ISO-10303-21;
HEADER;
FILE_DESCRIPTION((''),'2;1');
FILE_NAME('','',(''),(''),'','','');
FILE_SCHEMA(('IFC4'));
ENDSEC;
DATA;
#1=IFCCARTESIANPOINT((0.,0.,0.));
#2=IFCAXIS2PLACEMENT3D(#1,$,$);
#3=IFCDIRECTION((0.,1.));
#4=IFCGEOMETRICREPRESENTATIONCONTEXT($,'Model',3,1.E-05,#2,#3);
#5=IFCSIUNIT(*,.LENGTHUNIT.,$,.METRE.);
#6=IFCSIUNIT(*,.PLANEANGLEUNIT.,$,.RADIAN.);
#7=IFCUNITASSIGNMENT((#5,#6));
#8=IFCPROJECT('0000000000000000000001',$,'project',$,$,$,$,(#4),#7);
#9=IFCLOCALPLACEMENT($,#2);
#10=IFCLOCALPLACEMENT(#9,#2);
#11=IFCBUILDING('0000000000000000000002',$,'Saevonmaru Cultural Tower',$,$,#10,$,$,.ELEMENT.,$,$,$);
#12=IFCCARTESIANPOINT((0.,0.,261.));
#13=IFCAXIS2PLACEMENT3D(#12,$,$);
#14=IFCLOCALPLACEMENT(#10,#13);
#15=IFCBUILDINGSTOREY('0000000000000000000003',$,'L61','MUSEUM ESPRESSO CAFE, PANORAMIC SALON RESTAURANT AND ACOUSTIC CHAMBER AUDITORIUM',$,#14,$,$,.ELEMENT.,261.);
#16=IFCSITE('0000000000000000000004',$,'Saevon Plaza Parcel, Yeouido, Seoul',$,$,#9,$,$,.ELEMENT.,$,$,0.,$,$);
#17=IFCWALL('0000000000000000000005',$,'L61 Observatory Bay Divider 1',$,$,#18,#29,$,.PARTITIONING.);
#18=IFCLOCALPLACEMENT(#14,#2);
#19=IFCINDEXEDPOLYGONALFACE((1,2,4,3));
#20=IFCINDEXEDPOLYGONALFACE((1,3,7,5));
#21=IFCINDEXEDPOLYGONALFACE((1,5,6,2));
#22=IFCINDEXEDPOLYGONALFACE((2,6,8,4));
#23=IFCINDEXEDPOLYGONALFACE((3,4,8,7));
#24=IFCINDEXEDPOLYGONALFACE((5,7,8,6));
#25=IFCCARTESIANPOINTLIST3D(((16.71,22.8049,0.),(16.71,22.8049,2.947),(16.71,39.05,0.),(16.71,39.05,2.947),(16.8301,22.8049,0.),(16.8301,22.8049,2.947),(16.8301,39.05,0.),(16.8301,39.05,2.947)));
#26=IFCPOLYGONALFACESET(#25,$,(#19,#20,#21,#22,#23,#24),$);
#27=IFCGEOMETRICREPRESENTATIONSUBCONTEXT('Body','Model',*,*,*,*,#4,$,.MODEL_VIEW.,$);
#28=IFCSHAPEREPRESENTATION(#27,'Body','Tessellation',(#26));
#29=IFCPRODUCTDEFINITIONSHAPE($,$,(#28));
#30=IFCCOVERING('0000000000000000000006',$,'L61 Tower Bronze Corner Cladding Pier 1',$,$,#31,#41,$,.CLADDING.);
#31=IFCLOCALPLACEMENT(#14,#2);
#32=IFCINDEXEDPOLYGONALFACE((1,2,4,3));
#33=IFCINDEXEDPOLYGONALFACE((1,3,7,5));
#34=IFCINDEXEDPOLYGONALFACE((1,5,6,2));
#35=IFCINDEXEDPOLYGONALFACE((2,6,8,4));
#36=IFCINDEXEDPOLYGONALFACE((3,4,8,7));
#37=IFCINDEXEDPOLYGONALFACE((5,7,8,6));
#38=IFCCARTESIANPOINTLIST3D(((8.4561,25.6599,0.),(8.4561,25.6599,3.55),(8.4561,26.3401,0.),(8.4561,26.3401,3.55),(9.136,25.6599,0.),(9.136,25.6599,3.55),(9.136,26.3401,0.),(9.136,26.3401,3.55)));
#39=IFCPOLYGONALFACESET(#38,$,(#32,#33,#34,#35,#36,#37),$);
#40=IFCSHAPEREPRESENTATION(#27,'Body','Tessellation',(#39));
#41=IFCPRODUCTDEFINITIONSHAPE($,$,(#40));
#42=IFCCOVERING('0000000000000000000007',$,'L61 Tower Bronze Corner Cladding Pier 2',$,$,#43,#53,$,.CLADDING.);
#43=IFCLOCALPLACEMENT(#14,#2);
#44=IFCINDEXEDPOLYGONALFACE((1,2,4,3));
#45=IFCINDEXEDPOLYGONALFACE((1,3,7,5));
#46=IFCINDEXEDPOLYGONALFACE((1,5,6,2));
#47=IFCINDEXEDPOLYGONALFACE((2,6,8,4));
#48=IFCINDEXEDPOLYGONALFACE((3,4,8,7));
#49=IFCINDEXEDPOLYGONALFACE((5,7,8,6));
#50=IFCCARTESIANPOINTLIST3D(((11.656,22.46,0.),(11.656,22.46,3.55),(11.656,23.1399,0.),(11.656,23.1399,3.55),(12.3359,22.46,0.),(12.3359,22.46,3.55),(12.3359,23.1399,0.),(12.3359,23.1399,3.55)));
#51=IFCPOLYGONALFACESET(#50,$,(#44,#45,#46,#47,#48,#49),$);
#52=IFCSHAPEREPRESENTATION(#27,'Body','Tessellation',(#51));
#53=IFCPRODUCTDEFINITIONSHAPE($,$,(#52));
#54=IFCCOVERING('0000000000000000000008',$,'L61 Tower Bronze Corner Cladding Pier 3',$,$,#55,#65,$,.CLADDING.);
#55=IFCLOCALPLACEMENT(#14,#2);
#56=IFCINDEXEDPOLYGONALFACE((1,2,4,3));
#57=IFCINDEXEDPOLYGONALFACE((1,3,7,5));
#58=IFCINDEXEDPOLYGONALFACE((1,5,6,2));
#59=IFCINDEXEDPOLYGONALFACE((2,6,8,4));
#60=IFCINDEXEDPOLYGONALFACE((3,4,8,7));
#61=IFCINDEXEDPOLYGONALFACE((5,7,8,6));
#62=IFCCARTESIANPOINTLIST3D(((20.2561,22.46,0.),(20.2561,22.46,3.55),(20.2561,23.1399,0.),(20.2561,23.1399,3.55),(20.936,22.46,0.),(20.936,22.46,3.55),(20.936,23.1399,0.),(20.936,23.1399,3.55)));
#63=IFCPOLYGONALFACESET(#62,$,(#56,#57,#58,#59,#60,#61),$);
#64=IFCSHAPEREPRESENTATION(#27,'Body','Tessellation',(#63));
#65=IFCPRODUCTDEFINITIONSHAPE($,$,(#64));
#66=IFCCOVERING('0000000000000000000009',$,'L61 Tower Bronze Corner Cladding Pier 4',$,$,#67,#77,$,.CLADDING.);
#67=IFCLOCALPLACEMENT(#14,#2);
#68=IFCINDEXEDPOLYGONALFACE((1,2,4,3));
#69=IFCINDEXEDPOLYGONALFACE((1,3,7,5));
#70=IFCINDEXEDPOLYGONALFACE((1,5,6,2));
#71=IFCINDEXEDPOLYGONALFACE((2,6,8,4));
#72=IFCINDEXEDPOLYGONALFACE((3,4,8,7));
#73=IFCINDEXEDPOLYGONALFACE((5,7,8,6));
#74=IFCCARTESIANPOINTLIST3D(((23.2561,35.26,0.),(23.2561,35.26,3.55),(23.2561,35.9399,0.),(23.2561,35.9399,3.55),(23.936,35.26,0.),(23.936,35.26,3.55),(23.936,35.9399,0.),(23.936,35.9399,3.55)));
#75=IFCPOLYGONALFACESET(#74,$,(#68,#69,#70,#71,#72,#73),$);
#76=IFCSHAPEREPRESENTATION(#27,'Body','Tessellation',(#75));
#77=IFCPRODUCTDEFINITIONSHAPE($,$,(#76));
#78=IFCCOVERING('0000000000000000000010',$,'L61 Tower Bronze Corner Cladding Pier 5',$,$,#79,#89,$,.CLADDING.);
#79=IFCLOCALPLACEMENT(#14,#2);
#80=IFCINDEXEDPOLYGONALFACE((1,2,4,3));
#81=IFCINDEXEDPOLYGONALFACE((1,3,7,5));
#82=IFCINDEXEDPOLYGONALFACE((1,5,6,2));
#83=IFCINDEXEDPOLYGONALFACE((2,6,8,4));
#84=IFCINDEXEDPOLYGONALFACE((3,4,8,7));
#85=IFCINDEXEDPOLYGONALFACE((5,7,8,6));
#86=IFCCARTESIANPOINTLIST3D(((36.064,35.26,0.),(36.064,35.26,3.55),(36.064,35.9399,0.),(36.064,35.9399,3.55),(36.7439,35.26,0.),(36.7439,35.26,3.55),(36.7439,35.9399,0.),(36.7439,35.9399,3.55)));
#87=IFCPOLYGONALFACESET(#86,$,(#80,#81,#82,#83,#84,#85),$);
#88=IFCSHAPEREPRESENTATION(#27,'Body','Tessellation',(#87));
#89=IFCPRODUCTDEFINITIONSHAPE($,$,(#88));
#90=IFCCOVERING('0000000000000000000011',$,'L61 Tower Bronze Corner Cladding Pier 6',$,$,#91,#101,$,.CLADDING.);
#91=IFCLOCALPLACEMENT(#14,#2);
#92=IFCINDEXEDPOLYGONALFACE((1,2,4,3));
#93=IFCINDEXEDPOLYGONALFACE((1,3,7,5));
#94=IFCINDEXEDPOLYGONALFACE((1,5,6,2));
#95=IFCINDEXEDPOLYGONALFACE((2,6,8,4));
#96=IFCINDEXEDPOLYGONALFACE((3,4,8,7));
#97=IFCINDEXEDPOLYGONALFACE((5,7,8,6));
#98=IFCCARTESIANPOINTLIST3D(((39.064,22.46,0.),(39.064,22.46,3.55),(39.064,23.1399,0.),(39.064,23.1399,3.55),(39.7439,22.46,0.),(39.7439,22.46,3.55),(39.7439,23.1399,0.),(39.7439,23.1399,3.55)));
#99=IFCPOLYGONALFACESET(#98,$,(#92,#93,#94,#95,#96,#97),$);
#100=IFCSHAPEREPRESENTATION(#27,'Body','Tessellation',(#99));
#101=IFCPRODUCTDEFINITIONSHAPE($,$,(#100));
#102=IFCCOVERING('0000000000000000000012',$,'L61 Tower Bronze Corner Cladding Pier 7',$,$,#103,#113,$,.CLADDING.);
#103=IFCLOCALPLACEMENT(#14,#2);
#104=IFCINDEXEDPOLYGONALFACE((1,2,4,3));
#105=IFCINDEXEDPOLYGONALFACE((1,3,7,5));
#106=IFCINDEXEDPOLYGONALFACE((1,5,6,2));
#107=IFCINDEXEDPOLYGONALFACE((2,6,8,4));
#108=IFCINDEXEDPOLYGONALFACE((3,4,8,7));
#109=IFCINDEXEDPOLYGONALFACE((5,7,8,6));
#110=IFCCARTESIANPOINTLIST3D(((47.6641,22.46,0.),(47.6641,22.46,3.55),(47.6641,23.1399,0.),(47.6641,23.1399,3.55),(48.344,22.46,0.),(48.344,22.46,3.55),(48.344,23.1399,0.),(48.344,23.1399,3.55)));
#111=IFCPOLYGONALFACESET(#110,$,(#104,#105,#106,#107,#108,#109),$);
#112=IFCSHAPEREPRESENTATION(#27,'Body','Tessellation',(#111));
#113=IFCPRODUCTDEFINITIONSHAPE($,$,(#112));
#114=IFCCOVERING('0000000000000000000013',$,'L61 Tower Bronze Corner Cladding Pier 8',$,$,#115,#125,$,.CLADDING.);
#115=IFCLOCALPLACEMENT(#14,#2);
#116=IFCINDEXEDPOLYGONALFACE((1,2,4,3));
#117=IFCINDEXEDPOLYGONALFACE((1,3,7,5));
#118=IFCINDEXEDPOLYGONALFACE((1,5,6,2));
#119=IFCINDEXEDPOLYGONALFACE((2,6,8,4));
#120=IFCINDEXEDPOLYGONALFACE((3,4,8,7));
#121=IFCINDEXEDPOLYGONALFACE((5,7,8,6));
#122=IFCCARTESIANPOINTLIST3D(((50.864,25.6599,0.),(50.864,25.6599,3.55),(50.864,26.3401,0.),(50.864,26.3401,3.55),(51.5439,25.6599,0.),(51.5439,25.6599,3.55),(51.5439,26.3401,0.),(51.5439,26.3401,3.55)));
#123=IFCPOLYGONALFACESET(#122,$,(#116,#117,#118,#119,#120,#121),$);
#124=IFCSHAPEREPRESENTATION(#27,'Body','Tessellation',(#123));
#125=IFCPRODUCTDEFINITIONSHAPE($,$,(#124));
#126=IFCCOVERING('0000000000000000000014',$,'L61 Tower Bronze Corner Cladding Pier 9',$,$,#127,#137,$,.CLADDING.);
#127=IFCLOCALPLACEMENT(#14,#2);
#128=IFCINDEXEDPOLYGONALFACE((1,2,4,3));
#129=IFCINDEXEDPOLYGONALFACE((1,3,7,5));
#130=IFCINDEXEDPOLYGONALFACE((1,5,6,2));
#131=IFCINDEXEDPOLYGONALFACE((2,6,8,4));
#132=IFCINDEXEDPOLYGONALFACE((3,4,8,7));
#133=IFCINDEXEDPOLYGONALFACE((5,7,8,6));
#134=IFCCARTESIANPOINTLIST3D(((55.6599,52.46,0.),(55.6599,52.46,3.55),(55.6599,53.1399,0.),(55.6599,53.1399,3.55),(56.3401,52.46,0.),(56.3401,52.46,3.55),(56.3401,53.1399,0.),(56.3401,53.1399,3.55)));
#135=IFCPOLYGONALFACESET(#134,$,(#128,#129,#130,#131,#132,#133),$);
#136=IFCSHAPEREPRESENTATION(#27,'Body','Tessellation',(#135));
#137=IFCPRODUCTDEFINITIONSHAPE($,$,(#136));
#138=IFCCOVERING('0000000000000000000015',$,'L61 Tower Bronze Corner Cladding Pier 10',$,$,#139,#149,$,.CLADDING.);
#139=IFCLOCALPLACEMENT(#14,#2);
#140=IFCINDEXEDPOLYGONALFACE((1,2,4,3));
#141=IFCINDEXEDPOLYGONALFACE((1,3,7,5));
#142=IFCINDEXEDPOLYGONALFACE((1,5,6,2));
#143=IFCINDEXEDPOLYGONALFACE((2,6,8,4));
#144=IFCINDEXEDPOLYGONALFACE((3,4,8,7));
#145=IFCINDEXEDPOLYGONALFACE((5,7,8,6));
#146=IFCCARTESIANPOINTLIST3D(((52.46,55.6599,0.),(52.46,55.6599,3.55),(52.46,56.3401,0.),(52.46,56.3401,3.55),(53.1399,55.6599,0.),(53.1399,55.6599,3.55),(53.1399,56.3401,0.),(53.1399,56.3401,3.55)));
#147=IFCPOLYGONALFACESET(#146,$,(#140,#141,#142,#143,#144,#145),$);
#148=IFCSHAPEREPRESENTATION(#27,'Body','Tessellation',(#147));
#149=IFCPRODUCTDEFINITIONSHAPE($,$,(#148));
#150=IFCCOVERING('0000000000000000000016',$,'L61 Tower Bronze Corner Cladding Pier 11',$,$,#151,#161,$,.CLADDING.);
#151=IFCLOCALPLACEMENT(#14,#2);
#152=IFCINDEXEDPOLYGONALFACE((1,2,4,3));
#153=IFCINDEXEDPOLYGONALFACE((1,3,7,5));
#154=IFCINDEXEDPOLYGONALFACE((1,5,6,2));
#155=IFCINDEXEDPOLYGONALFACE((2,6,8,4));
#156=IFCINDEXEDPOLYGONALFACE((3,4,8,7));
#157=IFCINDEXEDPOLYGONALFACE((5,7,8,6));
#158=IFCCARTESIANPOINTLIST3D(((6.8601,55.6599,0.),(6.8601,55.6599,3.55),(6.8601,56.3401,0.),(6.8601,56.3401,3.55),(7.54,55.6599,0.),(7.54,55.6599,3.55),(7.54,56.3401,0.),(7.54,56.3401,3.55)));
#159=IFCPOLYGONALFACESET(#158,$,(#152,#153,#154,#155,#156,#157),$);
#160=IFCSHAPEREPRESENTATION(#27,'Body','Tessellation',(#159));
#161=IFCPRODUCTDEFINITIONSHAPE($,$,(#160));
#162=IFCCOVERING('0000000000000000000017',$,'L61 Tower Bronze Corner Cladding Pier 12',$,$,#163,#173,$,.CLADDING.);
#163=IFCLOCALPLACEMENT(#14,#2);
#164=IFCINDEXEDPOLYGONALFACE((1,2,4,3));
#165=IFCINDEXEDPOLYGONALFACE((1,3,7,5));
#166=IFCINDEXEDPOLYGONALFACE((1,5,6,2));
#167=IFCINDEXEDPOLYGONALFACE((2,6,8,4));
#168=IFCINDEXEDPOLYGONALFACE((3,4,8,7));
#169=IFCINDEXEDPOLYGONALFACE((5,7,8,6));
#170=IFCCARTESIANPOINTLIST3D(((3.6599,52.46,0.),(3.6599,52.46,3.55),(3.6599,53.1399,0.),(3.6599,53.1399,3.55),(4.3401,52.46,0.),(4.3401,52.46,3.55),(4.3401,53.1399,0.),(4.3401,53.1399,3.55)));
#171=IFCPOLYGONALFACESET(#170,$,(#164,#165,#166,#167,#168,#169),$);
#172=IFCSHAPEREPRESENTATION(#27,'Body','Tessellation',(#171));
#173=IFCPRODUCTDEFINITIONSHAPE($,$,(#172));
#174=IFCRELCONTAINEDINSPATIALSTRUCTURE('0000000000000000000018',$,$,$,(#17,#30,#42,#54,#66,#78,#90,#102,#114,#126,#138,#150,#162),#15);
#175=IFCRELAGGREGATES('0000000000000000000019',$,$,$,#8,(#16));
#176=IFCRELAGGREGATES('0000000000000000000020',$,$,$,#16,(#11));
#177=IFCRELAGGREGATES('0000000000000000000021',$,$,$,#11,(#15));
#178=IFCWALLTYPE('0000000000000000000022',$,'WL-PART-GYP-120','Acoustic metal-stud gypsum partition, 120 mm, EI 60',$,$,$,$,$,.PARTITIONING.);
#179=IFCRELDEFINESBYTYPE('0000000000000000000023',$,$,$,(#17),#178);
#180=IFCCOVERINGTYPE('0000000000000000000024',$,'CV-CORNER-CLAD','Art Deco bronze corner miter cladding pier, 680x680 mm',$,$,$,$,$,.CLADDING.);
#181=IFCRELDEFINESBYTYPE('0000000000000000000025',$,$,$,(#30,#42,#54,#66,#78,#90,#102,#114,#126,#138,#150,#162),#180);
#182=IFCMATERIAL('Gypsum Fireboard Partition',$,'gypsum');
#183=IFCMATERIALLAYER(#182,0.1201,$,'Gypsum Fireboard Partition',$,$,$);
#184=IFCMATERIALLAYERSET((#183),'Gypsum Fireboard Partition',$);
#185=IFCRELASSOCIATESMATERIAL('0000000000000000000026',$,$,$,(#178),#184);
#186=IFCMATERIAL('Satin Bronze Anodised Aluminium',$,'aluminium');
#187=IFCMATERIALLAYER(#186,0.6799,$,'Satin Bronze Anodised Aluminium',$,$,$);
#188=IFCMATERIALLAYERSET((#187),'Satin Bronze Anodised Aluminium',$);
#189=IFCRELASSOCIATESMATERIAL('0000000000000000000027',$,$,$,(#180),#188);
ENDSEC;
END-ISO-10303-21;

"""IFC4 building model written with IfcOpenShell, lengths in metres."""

from ifc_helpers import new_model, si_unit, direction, frame, frame_2d, origin, place, context, subcontext, project, spatial, polyline, rectangle, outline, extrude, material, layer, layer_set, type_object, element, save


model = new_model("IFC4")

# Units and contexts
model_context = context("Model", 3, precision=1e-05, world=origin(), true_north=direction((0.0, 1.0)))
body_context = subcontext(model_context, "Body", "Model", "MODEL_VIEW")
ifc_project = project(units=[si_unit("LENGTHUNIT", "METRE"), si_unit("PLANEANGLEUNIT", "RADIAN")], contexts=[model_context])

# Site, building, storey
site_placement = place(None, origin())
site = spatial("IfcSite", under=ifc_project, at=site_placement, Name="Saevon Plaza Parcel, Yeouido, Seoul", CompositionType="ELEMENT", RefElevation=0.0)
building_placement = place(site_placement, origin())
building = spatial("IfcBuilding", under=site, at=building_placement, Name="Saevonmaru Cultural Tower", CompositionType="ELEMENT")
storey_placement = place(building_placement, frame((0.0, 0.0, 261.0)))
storey = spatial("IfcBuildingStorey", under=building, at=storey_placement, Name="L61", Description="MUSEUM ESPRESSO CAFE, PANORAMIC SALON RESTAURANT AND ACOUSTIC CHAMBER AUDITORIUM", CompositionType="ELEMENT", Elevation=261.0)

# Shared definitions
ifc_material_1 = material(Name="Satin Bronze Anodised Aluminium", Category="aluminium")

# Wall
ifc_material_2 = material(Name="Gypsum Fireboard Partition", Category="gypsum")
ifc_layer_1 = layer(ifc_material_2, 0.1201, Name="Gypsum Fireboard Partition")
ifc_layer_set_1 = layer_set([ifc_layer_1], Name="Gypsum Fireboard Partition")
wall_type_1 = type_object("IfcWallType", Name="WL-PART-GYP-120", Description="Acoustic metal-stud gypsum partition, 120 mm, EI 60", PredefinedType="PARTITIONING", material=ifc_layer_set_1)
wall_1_placement = place(storey_placement, frame((16.77, 22.8049, 0.0), z_axis=(0.0, 0.0, 1.0), x_axis=(0.0, 1.0, 0.0)))
element("IfcWall", 1, at=wall_1_placement, inside=storey, type_object=wall_type_1, Name="L61 Observatory Bay Divider 1", PredefinedType="PARTITIONING", context=body_context, shape_type="SweptSolid", body=[
    extrude(rectangle(XDim=16.2451, YDim=0.1201, at=frame_2d((8.1226, 0.0))), origin(), (0.0, 0.0, 1.0), 2.947),
])

# Coverings
ifc_layer_2 = layer(ifc_material_1, 0.6799, Name="Satin Bronze Anodised Aluminium")
ifc_layer_set_2 = layer_set([ifc_layer_2], Name="Satin Bronze Anodised Aluminium")
covering_type = type_object("IfcCoveringType", Name="CV-CORNER-CLAD", Description="Art Deco bronze corner miter cladding pier, 680x680 mm", PredefinedType="CLADDING", material=ifc_layer_set_2)
covering_1_placement = place(storey_placement, origin())
element("IfcCovering", 2, at=covering_1_placement, inside=storey, type_object=covering_type, Name="L61 Tower Bronze Corner Cladding Pier 1", PredefinedType="CLADDING", context=body_context, shape_type="SweptSolid", body=[
    extrude(outline(polyline([(8.4561, 25.6599), (9.136, 25.6599), (9.136, 26.3401), (8.4561, 26.3401), (8.4561, 25.6599)])), origin(), (0.0, 0.0, 1.0), 3.55),
])
covering_2_placement = place(storey_placement, origin())
element("IfcCovering", 3, at=covering_2_placement, inside=storey, type_object=covering_type, Name="L61 Tower Bronze Corner Cladding Pier 2", PredefinedType="CLADDING", context=body_context, shape_type="SweptSolid", body=[
    extrude(outline(polyline([(11.656, 22.46), (12.3359, 22.46), (12.3359, 23.1399), (11.656, 23.1399), (11.656, 22.46)])), origin(), (0.0, 0.0, 1.0), 3.55),
])
covering_3_placement = place(storey_placement, origin())
element("IfcCovering", 4, at=covering_3_placement, inside=storey, type_object=covering_type, Name="L61 Tower Bronze Corner Cladding Pier 3", PredefinedType="CLADDING", context=body_context, shape_type="SweptSolid", body=[
    extrude(outline(polyline([(20.2561, 22.46), (20.936, 22.46), (20.936, 23.1399), (20.2561, 23.1399), (20.2561, 22.46)])), origin(), (0.0, 0.0, 1.0), 3.55),
])
covering_4_placement = place(storey_placement, origin())
element("IfcCovering", 5, at=covering_4_placement, inside=storey, type_object=covering_type, Name="L61 Tower Bronze Corner Cladding Pier 4", PredefinedType="CLADDING", context=body_context, shape_type="SweptSolid", body=[
    extrude(outline(polyline([(23.2561, 35.26), (23.936, 35.26), (23.936, 35.9399), (23.2561, 35.9399), (23.2561, 35.26)])), origin(), (0.0, 0.0, 1.0), 3.55),
])
covering_5_placement = place(storey_placement, origin())
element("IfcCovering", 6, at=covering_5_placement, inside=storey, type_object=covering_type, Name="L61 Tower Bronze Corner Cladding Pier 5", PredefinedType="CLADDING", context=body_context, shape_type="SweptSolid", body=[
    extrude(outline(polyline([(36.064, 35.26), (36.7439, 35.26), (36.7439, 35.9399), (36.064, 35.9399), (36.064, 35.26)])), origin(), (0.0, 0.0, 1.0), 3.55),
])
covering_6_placement = place(storey_placement, origin())
element("IfcCovering", 7, at=covering_6_placement, inside=storey, type_object=covering_type, Name="L61 Tower Bronze Corner Cladding Pier 6", PredefinedType="CLADDING", context=body_context, shape_type="SweptSolid", body=[
    extrude(outline(polyline([(39.064, 22.46), (39.7439, 22.46), (39.7439, 23.1399), (39.064, 23.1399), (39.064, 22.46)])), origin(), (0.0, 0.0, 1.0), 3.55),
])
covering_7_placement = place(storey_placement, origin())
element("IfcCovering", 8, at=covering_7_placement, inside=storey, type_object=covering_type, Name="L61 Tower Bronze Corner Cladding Pier 7", PredefinedType="CLADDING", context=body_context, shape_type="SweptSolid", body=[
    extrude(outline(polyline([(47.6641, 22.46), (48.344, 22.46), (48.344, 23.1399), (47.6641, 23.1399), (47.6641, 22.46)])), origin(), (0.0, 0.0, 1.0), 3.55),
])
covering_8_placement = place(storey_placement, origin())
element("IfcCovering", 9, at=covering_8_placement, inside=storey, type_object=covering_type, Name="L61 Tower Bronze Corner Cladding Pier 8", PredefinedType="CLADDING", context=body_context, shape_type="SweptSolid", body=[
    extrude(outline(polyline([(50.864, 25.6599), (51.5439, 25.6599), (51.5439, 26.3401), (50.864, 26.3401), (50.864, 25.6599)])), origin(), (0.0, 0.0, 1.0), 3.55),
])
covering_9_placement = place(storey_placement, origin())
element("IfcCovering", 10, at=covering_9_placement, inside=storey, type_object=covering_type, Name="L61 Tower Bronze Corner Cladding Pier 9", PredefinedType="CLADDING", context=body_context, shape_type="SweptSolid", body=[
    extrude(outline(polyline([(55.6599, 52.46), (56.3401, 52.46), (56.3401, 53.1399), (55.6599, 53.1399), (55.6599, 52.46)])), origin(), (0.0, 0.0, 1.0), 3.55),
])
covering_10_placement = place(storey_placement, origin())
element("IfcCovering", 11, at=covering_10_placement, inside=storey, type_object=covering_type, Name="L61 Tower Bronze Corner Cladding Pier 10", PredefinedType="CLADDING", context=body_context, shape_type="SweptSolid", body=[
    extrude(outline(polyline([(52.46, 55.6599), (53.1399, 55.6599), (53.1399, 56.3401), (52.46, 56.3401), (52.46, 55.6599)])), origin(), (0.0, 0.0, 1.0), 3.55),
])
covering_11_placement = place(storey_placement, origin())
element("IfcCovering", 12, at=covering_11_placement, inside=storey, type_object=covering_type, Name="L61 Tower Bronze Corner Cladding Pier 11", PredefinedType="CLADDING", context=body_context, shape_type="SweptSolid", body=[
    extrude(outline(polyline([(6.8601, 55.6599), (7.54, 55.6599), (7.54, 56.3401), (6.8601, 56.3401), (6.8601, 55.6599)])), origin(), (0.0, 0.0, 1.0), 3.55),
])
covering_12_placement = place(storey_placement, origin())
element("IfcCovering", 13, at=covering_12_placement, inside=storey, type_object=covering_type, Name="L61 Tower Bronze Corner Cladding Pier 12", PredefinedType="CLADDING", context=body_context, shape_type="SweptSolid", body=[
    extrude(outline(polyline([(3.6599, 52.46), (4.3401, 52.46), (4.3401, 53.1399), (3.6599, 53.1399), (3.6599, 52.46)])), origin(), (0.0, 0.0, 1.0), 3.55),
])

save(model, "model.ifc")
